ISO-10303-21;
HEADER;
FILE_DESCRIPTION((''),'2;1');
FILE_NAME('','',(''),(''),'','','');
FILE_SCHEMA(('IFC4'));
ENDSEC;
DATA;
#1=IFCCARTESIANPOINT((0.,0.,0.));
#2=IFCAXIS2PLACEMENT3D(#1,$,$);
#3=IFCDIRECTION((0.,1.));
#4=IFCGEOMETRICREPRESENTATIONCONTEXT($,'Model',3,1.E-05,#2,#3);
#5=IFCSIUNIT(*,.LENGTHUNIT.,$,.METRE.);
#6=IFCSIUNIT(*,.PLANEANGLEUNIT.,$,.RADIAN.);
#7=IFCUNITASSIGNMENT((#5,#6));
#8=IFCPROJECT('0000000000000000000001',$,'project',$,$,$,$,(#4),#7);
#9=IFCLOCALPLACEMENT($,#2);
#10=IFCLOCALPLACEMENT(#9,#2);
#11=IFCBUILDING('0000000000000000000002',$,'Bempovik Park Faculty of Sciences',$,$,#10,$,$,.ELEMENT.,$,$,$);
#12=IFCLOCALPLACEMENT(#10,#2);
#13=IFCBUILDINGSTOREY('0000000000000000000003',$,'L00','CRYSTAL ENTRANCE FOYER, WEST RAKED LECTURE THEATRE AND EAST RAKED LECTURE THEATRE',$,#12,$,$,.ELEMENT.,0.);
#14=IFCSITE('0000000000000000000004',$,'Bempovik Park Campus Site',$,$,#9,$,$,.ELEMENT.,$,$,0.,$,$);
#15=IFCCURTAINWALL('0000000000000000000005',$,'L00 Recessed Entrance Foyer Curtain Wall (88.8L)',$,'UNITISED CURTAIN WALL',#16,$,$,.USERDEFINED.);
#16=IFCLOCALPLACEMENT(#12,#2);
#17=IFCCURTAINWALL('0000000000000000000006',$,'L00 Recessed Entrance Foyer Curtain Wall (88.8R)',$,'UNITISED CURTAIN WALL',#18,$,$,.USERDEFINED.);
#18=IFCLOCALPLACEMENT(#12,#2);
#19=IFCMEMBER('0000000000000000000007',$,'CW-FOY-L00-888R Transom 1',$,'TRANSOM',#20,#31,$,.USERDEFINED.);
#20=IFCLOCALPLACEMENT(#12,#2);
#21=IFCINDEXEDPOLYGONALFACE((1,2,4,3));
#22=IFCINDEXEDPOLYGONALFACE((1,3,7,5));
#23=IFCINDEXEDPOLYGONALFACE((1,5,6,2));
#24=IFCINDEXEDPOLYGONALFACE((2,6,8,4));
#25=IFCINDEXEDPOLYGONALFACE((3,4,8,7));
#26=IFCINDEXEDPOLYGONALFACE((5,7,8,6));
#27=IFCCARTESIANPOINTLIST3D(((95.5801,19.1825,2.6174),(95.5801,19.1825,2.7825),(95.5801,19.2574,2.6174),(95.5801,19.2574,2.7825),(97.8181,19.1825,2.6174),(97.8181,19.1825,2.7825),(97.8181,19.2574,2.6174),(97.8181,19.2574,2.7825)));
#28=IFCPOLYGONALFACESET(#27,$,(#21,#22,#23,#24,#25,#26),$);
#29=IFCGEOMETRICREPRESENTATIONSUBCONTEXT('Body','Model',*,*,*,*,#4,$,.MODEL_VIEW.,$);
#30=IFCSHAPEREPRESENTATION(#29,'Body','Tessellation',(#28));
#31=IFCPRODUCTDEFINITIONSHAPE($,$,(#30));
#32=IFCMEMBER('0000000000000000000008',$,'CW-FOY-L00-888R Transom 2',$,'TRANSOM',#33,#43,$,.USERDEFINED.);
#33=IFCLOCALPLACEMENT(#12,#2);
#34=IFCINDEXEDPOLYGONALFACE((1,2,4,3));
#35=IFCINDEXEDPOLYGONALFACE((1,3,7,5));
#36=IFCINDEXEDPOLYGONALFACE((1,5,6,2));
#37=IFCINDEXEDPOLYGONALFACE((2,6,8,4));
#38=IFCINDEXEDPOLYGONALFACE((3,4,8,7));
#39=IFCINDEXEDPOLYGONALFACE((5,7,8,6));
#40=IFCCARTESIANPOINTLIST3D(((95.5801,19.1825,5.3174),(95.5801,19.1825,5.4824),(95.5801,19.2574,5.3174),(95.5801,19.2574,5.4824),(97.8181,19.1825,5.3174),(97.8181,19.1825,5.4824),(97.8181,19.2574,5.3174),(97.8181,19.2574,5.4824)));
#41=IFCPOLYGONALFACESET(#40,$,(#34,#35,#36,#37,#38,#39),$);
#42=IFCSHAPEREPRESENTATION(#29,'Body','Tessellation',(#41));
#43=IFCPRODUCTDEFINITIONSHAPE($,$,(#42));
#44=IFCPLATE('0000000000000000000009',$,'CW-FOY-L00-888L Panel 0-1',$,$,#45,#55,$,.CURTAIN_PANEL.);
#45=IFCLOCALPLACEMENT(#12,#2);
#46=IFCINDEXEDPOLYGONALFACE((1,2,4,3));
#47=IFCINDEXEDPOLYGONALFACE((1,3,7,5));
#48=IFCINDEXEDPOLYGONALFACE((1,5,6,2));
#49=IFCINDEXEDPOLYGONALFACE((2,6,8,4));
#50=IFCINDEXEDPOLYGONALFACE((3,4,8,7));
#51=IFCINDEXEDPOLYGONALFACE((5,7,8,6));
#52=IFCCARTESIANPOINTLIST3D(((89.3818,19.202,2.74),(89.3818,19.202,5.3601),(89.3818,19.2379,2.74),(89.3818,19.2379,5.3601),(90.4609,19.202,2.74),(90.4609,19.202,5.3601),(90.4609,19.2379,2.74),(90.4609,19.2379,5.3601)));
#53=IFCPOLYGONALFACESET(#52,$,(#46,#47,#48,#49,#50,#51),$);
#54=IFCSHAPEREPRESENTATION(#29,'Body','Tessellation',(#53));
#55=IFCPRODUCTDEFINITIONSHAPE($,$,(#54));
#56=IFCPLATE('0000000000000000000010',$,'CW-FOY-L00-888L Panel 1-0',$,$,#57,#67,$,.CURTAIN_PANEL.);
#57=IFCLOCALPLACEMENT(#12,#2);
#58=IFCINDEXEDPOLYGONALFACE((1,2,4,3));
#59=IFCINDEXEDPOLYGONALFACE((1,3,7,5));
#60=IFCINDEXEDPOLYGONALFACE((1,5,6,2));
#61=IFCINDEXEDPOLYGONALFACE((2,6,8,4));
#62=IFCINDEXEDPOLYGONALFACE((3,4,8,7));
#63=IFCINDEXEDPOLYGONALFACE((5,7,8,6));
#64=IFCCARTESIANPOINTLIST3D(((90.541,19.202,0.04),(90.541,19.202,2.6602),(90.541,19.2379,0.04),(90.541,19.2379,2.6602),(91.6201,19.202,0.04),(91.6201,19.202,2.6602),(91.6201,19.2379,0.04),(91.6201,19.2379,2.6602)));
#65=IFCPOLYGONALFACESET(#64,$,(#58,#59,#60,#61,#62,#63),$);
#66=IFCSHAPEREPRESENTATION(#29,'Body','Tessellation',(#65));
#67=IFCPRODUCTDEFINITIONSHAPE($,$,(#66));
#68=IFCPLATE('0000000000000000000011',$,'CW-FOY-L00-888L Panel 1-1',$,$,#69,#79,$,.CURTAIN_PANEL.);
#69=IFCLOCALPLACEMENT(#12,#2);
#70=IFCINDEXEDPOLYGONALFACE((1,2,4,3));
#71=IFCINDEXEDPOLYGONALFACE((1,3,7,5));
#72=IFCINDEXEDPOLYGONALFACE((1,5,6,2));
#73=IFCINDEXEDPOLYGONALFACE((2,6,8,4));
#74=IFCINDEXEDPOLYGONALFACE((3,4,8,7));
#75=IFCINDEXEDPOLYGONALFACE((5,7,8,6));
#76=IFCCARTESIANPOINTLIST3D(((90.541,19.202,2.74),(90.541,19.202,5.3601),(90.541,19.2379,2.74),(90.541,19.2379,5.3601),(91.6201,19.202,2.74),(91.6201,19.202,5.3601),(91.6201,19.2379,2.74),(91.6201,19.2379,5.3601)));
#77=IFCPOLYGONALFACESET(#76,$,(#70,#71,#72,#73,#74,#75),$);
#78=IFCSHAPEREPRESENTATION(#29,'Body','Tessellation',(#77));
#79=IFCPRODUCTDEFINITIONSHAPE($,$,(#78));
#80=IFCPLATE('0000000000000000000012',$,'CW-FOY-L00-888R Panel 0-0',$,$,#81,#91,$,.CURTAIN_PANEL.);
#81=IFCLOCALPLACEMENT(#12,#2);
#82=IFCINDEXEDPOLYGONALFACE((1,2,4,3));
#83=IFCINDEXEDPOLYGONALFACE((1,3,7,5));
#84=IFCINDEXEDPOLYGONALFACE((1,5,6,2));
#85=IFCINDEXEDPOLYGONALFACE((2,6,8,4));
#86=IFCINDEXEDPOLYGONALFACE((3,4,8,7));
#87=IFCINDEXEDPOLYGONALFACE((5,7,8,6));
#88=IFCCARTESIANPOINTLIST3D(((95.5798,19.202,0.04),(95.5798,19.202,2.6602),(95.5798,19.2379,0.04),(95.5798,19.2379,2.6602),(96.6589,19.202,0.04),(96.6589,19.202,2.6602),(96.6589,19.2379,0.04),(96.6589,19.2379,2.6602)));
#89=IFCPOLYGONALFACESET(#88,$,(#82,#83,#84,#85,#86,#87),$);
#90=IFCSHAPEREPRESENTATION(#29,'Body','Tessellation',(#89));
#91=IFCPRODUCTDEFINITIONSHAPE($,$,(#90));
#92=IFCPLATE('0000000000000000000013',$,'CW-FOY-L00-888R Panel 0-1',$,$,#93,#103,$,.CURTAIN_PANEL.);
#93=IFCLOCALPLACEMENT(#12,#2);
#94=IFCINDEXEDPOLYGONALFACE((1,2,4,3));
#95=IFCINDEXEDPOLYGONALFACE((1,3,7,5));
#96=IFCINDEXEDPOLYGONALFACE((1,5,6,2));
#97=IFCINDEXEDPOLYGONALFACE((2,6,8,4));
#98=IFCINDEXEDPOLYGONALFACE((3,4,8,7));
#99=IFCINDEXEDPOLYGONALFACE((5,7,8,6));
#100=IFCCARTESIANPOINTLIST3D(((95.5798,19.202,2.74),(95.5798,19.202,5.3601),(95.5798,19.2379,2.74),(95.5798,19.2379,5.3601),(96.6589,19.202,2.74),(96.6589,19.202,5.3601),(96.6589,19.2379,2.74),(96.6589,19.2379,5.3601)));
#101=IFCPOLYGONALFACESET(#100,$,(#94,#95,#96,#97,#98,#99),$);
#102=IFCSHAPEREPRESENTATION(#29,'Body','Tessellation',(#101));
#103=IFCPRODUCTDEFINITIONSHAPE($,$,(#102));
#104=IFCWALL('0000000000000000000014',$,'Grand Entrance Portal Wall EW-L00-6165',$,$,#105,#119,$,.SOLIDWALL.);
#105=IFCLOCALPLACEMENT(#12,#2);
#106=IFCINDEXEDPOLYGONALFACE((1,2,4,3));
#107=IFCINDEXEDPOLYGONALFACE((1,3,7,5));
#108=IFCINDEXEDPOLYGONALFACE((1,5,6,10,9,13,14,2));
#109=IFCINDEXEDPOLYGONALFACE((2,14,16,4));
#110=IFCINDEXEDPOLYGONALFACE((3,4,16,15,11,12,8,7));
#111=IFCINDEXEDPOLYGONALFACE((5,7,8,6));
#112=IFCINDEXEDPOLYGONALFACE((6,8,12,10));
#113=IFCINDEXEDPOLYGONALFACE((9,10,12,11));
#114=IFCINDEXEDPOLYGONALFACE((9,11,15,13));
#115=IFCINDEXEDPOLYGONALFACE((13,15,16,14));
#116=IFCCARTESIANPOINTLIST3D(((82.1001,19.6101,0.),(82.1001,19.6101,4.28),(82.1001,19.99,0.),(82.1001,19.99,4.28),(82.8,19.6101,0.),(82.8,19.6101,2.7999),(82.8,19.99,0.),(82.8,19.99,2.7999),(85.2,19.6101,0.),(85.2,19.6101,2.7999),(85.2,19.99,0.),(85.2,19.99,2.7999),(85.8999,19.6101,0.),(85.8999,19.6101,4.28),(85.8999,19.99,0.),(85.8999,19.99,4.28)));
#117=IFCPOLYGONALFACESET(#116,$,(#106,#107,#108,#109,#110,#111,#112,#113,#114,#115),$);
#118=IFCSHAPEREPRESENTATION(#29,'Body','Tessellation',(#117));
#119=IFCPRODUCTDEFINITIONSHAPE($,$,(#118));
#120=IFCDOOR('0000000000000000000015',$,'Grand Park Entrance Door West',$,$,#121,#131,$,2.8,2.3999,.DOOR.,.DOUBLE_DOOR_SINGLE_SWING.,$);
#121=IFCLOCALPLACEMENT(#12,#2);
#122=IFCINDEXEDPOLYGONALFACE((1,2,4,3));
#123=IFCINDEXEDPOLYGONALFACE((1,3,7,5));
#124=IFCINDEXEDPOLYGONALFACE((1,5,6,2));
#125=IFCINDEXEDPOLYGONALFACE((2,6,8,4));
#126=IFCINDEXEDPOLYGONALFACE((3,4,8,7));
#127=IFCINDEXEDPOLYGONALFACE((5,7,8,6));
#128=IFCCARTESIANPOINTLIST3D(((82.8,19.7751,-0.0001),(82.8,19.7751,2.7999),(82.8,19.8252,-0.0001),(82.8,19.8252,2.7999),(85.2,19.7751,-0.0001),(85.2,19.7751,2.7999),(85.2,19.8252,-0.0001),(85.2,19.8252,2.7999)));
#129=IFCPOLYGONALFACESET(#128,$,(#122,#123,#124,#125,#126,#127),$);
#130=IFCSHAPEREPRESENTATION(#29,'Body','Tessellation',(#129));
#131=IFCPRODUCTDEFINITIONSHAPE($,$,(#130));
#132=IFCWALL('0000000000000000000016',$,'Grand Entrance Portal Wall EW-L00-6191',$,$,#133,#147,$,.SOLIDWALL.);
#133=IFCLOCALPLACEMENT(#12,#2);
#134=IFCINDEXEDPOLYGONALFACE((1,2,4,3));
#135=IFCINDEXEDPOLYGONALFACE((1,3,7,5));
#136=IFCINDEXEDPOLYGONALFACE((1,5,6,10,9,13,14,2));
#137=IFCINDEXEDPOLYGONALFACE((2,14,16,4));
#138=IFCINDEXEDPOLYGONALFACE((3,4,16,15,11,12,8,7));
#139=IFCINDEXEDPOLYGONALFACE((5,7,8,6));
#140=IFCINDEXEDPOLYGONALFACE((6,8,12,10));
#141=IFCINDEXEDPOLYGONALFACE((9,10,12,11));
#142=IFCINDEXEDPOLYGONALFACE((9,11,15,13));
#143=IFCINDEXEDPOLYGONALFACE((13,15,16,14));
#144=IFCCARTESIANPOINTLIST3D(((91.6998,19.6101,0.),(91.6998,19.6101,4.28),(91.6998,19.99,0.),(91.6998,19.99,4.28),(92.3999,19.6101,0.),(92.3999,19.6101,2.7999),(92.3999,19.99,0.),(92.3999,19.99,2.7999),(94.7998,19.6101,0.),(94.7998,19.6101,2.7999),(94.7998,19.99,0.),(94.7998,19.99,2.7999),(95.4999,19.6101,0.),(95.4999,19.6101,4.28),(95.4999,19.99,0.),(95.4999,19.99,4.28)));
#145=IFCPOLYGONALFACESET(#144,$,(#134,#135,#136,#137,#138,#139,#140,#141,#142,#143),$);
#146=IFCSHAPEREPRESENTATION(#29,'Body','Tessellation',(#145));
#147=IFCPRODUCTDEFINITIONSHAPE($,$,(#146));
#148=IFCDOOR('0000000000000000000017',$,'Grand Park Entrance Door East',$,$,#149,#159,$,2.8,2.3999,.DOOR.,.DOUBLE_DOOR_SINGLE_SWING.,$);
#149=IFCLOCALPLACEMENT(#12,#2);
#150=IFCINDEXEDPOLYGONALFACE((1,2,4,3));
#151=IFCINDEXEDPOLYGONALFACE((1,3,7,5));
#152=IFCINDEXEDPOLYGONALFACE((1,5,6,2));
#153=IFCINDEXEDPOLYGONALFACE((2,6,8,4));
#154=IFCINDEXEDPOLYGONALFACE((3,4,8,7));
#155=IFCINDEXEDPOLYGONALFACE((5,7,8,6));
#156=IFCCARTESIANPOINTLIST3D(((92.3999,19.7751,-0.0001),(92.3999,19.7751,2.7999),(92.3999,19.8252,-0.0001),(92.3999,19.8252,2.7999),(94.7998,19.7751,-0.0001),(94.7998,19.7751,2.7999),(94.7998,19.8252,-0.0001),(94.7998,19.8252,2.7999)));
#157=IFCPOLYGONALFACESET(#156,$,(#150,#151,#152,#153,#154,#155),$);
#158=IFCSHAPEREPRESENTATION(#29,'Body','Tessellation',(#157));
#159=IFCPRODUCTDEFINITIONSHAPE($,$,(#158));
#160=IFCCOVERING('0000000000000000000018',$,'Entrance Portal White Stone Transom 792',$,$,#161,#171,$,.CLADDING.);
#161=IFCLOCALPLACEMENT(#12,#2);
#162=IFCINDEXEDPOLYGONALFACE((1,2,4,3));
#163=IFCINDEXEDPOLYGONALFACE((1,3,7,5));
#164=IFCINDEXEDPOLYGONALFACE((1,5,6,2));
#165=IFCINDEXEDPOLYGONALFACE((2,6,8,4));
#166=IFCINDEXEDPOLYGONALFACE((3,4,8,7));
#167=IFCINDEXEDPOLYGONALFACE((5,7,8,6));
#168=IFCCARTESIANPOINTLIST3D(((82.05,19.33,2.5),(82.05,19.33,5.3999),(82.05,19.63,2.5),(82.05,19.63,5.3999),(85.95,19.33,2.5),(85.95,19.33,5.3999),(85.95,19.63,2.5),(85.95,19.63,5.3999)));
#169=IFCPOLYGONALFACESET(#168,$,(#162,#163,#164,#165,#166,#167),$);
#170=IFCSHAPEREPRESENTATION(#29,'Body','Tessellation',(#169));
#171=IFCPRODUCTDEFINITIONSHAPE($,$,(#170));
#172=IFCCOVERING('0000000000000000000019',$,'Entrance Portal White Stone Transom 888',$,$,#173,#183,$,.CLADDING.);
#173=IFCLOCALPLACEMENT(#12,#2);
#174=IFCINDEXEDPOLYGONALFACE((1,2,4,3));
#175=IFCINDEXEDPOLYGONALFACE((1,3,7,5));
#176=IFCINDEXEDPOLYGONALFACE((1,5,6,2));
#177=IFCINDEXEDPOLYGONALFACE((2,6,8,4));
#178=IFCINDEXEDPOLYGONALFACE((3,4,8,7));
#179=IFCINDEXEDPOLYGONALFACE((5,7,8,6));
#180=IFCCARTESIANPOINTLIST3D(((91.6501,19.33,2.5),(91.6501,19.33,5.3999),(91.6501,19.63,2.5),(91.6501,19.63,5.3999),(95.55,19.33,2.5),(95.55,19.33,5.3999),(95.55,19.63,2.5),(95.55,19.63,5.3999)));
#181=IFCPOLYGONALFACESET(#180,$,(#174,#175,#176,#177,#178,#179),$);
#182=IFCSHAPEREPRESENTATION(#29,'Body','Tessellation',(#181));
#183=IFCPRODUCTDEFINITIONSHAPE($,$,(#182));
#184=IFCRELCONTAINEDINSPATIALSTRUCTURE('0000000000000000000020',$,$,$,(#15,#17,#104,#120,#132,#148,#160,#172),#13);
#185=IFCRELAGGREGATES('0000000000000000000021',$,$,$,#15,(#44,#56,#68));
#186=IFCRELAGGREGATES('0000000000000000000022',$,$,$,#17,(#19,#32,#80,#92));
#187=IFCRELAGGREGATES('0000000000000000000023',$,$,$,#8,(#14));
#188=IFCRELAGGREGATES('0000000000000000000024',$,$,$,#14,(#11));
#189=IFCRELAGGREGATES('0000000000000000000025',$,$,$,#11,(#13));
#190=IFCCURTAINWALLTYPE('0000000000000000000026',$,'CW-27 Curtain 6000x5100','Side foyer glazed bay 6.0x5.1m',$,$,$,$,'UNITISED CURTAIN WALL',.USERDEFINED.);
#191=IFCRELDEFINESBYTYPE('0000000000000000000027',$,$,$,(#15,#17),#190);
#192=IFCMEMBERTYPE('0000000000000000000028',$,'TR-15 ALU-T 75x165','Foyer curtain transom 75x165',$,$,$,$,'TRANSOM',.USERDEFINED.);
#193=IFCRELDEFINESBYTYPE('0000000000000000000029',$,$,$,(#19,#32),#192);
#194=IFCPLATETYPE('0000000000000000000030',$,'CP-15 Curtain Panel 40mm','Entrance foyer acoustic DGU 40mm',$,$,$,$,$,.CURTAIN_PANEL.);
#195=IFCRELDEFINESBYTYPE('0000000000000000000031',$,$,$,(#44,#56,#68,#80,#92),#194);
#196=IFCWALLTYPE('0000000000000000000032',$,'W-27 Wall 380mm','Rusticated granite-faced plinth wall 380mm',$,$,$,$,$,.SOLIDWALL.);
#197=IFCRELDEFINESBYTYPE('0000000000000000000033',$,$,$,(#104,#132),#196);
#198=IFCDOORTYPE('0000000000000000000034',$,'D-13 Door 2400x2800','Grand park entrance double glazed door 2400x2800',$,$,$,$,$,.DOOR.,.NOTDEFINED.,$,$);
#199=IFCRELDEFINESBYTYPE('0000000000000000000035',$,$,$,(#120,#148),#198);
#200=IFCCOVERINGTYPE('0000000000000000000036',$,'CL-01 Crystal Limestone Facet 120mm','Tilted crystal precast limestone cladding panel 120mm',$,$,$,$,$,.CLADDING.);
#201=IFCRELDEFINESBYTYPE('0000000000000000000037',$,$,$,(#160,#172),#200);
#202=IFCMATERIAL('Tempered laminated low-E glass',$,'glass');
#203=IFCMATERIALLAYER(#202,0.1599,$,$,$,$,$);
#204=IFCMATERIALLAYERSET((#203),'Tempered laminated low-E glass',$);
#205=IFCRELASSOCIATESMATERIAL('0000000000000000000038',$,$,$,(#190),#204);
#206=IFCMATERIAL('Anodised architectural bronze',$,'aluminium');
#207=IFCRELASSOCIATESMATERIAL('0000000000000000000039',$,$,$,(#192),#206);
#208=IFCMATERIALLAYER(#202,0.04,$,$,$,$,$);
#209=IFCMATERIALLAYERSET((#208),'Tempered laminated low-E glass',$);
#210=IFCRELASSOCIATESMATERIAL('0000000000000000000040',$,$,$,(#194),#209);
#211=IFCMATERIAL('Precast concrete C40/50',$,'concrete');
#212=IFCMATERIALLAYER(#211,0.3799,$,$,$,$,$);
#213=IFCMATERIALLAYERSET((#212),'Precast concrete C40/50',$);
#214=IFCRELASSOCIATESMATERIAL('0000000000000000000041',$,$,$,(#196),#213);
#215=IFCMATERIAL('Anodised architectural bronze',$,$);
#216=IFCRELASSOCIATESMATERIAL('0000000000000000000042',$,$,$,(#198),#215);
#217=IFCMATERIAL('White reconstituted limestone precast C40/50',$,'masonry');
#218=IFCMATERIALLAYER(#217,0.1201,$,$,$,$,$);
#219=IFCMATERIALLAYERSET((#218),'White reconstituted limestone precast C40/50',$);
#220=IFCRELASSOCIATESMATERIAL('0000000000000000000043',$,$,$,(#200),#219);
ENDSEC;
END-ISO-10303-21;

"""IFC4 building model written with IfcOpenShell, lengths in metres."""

from ifc_helpers import new_model, si_unit, direction, frame, frame_2d, origin, origin_2d, place, context, subcontext, project, spatial, rectangle, extrude, material, layer, layer_set, material_profile, profile_set, type_object, element, fill, aggregate, save


model = new_model("IFC4")

# Units and contexts
model_context = context("Model", 3, precision=1e-05, world=origin(), true_north=direction((0.0, 1.0)))
body_context = subcontext(model_context, "Body", "Model", "MODEL_VIEW")
ifc_project = project(units=[si_unit("LENGTHUNIT", "METRE"), si_unit("PLANEANGLEUNIT", "RADIAN")], contexts=[model_context])

# Site, building, storey
site_placement = place(None, origin())
site = spatial("IfcSite", under=ifc_project, at=site_placement, Name="Bempovik Park Campus Site", CompositionType="ELEMENT", RefElevation=0.0)
building_placement = place(site_placement, origin())
building = spatial("IfcBuilding", under=site, at=building_placement, Name="Bempovik Park Faculty of Sciences", CompositionType="ELEMENT")
storey_placement = place(building_placement, origin())
storey = spatial("IfcBuildingStorey", under=building, at=storey_placement, Name="L00", Description="CRYSTAL ENTRANCE FOYER, WEST RAKED LECTURE THEATRE AND EAST RAKED LECTURE THEATRE", CompositionType="ELEMENT", Elevation=0.0)

# Curtain walls, members
ifc_material_1 = material(Name="Tempered laminated low-E glass", Category="glass")
ifc_layer_1 = layer(ifc_material_1, 0.1599)
ifc_layer_set_1 = layer_set([ifc_layer_1], Name="Tempered laminated low-E glass")
curtain_wall_type = type_object("IfcCurtainWallType", Name="CW-27 Curtain 6000x5100", Description="Side foyer glazed bay 6.0x5.1m", ElementType="UNITISED CURTAIN WALL", PredefinedType="USERDEFINED", material=ifc_layer_set_1)
curtain_wall_1_placement = place(storey_placement, origin())
curtain_wall_1 = element("IfcCurtainWall", 1, at=curtain_wall_1_placement, inside=storey, type_object=curtain_wall_type, Name="L00 Recessed Entrance Foyer Curtain Wall (88.8L)", ObjectType="UNITISED CURTAIN WALL", PredefinedType="USERDEFINED")
ifc_material_2 = material(Name="Anodised architectural bronze", Category="aluminium")
curtain_wall_2_placement = place(storey_placement, origin())
curtain_wall_2 = element("IfcCurtainWall", 2, at=curtain_wall_2_placement, inside=storey, type_object=curtain_wall_type, Name="L00 Recessed Entrance Foyer Curtain Wall (88.8R)", ObjectType="UNITISED CURTAIN WALL", PredefinedType="USERDEFINED")
ifc_material_profile_1 = material_profile(ifc_material_2, rectangle(XDim=0.075, YDim=0.165, at=origin_2d()), Name="ALU-T 75x165")
ifc_profile_set_1 = profile_set([ifc_material_profile_1], Name="Anodised architectural bronze")
member_type_1 = type_object("IfcMemberType", Name="TR-15 ALU-T 75x165", Description="Foyer curtain transom 75x165", ElementType="TRANSOM", PredefinedType="USERDEFINED", material=ifc_profile_set_1)
member_1_placement = place(storey_placement, frame((95.5801, 19.22, 2.7), z_axis=(1.0, 0.0, 0.0), x_axis=(0.0, 1.0, 0.0)))
member_1 = element("IfcMember", 3, at=member_1_placement, type_object=member_type_1, Name="CW-FOY-L00-888R Transom 1", ObjectType="TRANSOM", PredefinedType="USERDEFINED", context=body_context, shape_type="SweptSolid", body=[
    extrude(rectangle(XDim=0.075, YDim=0.165, at=origin_2d()), origin(), (0.0, 0.0, 1.0), 2.238),
])
member_2_placement = place(storey_placement, frame((95.5801, 19.22, 5.3999), z_axis=(1.0, 0.0, 0.0), x_axis=(0.0, 1.0, 0.0)))
member_2 = element("IfcMember", 4, at=member_2_placement, type_object=member_type_1, Name="CW-FOY-L00-888R Transom 2", ObjectType="TRANSOM", PredefinedType="USERDEFINED", context=body_context, shape_type="SweptSolid", body=[
    extrude(rectangle(XDim=0.075, YDim=0.165, at=origin_2d()), origin(), (0.0, 0.0, 1.0), 2.238),
])

# Plates
ifc_layer_2 = layer(ifc_material_1, 0.04)
ifc_layer_set_2 = layer_set([ifc_layer_2], Name="Tempered laminated low-E glass")
plate_type = type_object("IfcPlateType", Name="CP-15 Curtain Panel 40mm", Description="Entrance foyer acoustic DGU 40mm", PredefinedType="CURTAIN_PANEL", material=ifc_layer_set_2)
plate_1_placement = place(storey_placement, frame((89.9214, 19.22, 2.74), z_axis=(0.0, 0.0, 1.0), x_axis=(1.0, 0.0, 0.0)))
plate_1 = element("IfcPlate", 5, at=plate_1_placement, type_object=plate_type, Name="CW-FOY-L00-888L Panel 0-1", PredefinedType="CURTAIN_PANEL", context=body_context, shape_type="SweptSolid", body=[
    extrude(rectangle(XDim=1.0791, YDim=0.0359, at=origin_2d()), origin(), (0.0, 0.0, 1.0), 2.6201),
])
plate_2_placement = place(storey_placement, frame((91.0806, 19.22, 0.04), z_axis=(0.0, 0.0, 1.0), x_axis=(1.0, 0.0, 0.0)))
plate_2 = element("IfcPlate", 6, at=plate_2_placement, type_object=plate_type, Name="CW-FOY-L00-888L Panel 1-0", PredefinedType="CURTAIN_PANEL", context=body_context, shape_type="SweptSolid", body=[
    extrude(rectangle(XDim=1.0791, YDim=0.0359, at=origin_2d()), origin(), (0.0, 0.0, 1.0), 2.6201),
])
plate_3_placement = place(storey_placement, frame((91.0806, 19.22, 2.74), z_axis=(0.0, 0.0, 1.0), x_axis=(1.0, 0.0, 0.0)))
plate_3 = element("IfcPlate", 7, at=plate_3_placement, type_object=plate_type, Name="CW-FOY-L00-888L Panel 1-1", PredefinedType="CURTAIN_PANEL", context=body_context, shape_type="SweptSolid", body=[
    extrude(rectangle(XDim=1.0791, YDim=0.0359, at=origin_2d()), origin(), (0.0, 0.0, 1.0), 2.6201),
])
aggregate(curtain_wall_1, [plate_1, plate_2, plate_3])
plate_4_placement = place(storey_placement, frame((96.1194, 19.22, 0.04), z_axis=(0.0, 0.0, 1.0), x_axis=(1.0, 0.0, 0.0)))
plate_4 = element("IfcPlate", 8, at=plate_4_placement, type_object=plate_type, Name="CW-FOY-L00-888R Panel 0-0", PredefinedType="CURTAIN_PANEL", context=body_context, shape_type="SweptSolid", body=[
    extrude(rectangle(XDim=1.0791, YDim=0.0359, at=origin_2d()), origin(), (0.0, 0.0, 1.0), 2.6201),
])
plate_5_placement = place(storey_placement, frame((96.1194, 19.22, 2.74), z_axis=(0.0, 0.0, 1.0), x_axis=(1.0, 0.0, 0.0)))
plate_5 = element("IfcPlate", 9, at=plate_5_placement, type_object=plate_type, Name="CW-FOY-L00-888R Panel 0-1", PredefinedType="CURTAIN_PANEL", context=body_context, shape_type="SweptSolid", body=[
    extrude(rectangle(XDim=1.0791, YDim=0.0359, at=origin_2d()), origin(), (0.0, 0.0, 1.0), 2.6201),
])
aggregate(curtain_wall_2, [member_1, member_2, plate_4, plate_5])

# Walls, openings, doors
ifc_material_3 = material(Name="Precast concrete C40/50", Category="concrete")
ifc_layer_3 = layer(ifc_material_3, 0.3799)
ifc_layer_set_3 = layer_set([ifc_layer_3], Name="Precast concrete C40/50")
wall_type = type_object("IfcWallType", Name="W-27 Wall 380mm", Description="Rusticated granite-faced plinth wall 380mm", PredefinedType="SOLIDWALL", material=ifc_layer_set_3)
wall_1_placement = place(storey_placement, frame((82.1001, 19.8, 0.0), z_axis=(0.0, 0.0, 1.0), x_axis=(1.0, 0.0, 0.0)))
wall_1 = element("IfcWall", 10, at=wall_1_placement, inside=storey, type_object=wall_type, Name="Grand Entrance Portal Wall EW-L00-6165", PredefinedType="SOLIDWALL", context=body_context, shape_type="SweptSolid", body=[
    extrude(rectangle(XDim=3.7998, YDim=0.3799, at=frame_2d((1.8999, 0.0))), origin(), (0.0, 0.0, 1.0), 4.28),
])
opening_1_placement = place(wall_1_placement, frame((0.7, 0.0, 0.0)))
opening_1 = element("IfcOpeningElement", 11, at=opening_1_placement, cuts=wall_1, PredefinedType="OPENING", context=body_context, shape_type="SweptSolid", body=[
    extrude(rectangle(XDim=2.3999, YDim=2.8, at=frame_2d((1.2, 1.3999))), frame((0.0, 0.2, 0.0), z_axis=(0.0, -1.0, 0.0), x_axis=(1.0, 0.0, 0.0)), (0.0, 0.0, 1.0), 0.3999),
])
ifc_material_4 = material(Name="Anodised architectural bronze")
door_type = type_object("IfcDoorType", Name="D-13 Door 2400x2800", Description="Grand park entrance double glazed door 2400x2800", OperationType="NOTDEFINED", PredefinedType="DOOR", material=ifc_material_4)
door_1_placement = place(opening_1_placement, frame((2.3999, 0.0, 0.0), z_axis=(0.0, 0.0, 1.0), x_axis=(-1.0, 0.0, 0.0)))
door_1 = element("IfcDoor", 12, at=door_1_placement, inside=storey, type_object=door_type, Name="Grand Park Entrance Door West", OperationType="DOUBLE_DOOR_SINGLE_SWING", OverallHeight=2.8, OverallWidth=2.3999, PredefinedType="DOOR", context=body_context, shape_type="SweptSolid", body=[
    extrude(rectangle(XDim=2.3999, YDim=2.8, at=frame_2d((1.2, 1.3999))), frame((0.0, 0.0249, 0.0), z_axis=(0.0, -1.0, 0.0), x_axis=(1.0, 0.0, 0.0)), (0.0, 0.0, 1.0), 0.05),
])
fill(opening_1, door_1)
wall_2_placement = place(storey_placement, frame((91.7, 19.8, 0.0), z_axis=(0.0, 0.0, 1.0), x_axis=(1.0, 0.0, 0.0)))
wall_2 = element("IfcWall", 13, at=wall_2_placement, inside=storey, type_object=wall_type, Name="Grand Entrance Portal Wall EW-L00-6191", PredefinedType="SOLIDWALL", context=body_context, shape_type="SweptSolid", body=[
    extrude(rectangle(XDim=3.8, YDim=0.3799, at=frame_2d((1.8999, 0.0))), origin(), (0.0, 0.0, 1.0), 4.28),
])
opening_2_placement = place(wall_2_placement, frame((0.7, 0.0, 0.0)))
opening_2 = element("IfcOpeningElement", 14, at=opening_2_placement, cuts=wall_2, PredefinedType="OPENING", context=body_context, shape_type="SweptSolid", body=[
    extrude(rectangle(XDim=2.3999, YDim=2.8, at=frame_2d((1.2, 1.3999))), frame((0.0, 0.2, 0.0), z_axis=(0.0, -1.0, 0.0), x_axis=(1.0, 0.0, 0.0)), (0.0, 0.0, 1.0), 0.3999),
])
door_2_placement = place(opening_2_placement, frame((2.3999, 0.0, 0.0), z_axis=(0.0, 0.0, 1.0), x_axis=(-1.0, 0.0, 0.0)))
door_2 = element("IfcDoor", 15, at=door_2_placement, inside=storey, type_object=door_type, Name="Grand Park Entrance Door East", OperationType="DOUBLE_DOOR_SINGLE_SWING", OverallHeight=2.8, OverallWidth=2.3999, PredefinedType="DOOR", context=body_context, shape_type="SweptSolid", body=[
    extrude(rectangle(XDim=2.3999, YDim=2.8, at=frame_2d((1.2, 1.3999))), frame((0.0, 0.0249, 0.0), z_axis=(0.0, -1.0, 0.0), x_axis=(1.0, 0.0, 0.0)), (0.0, 0.0, 1.0), 0.05),
])
fill(opening_2, door_2)

# Coverings
ifc_material_5 = material(Name="White reconstituted limestone precast C40/50", Category="masonry")
ifc_layer_4 = layer(ifc_material_5, 0.1201)
ifc_layer_set_4 = layer_set([ifc_layer_4], Name="White reconstituted limestone precast C40/50")
covering_type = type_object("IfcCoveringType", Name="CL-01 Crystal Limestone Facet 120mm", Description="Tilted crystal precast limestone cladding panel 120mm", PredefinedType="CLADDING", material=ifc_layer_set_4)
for number, where, z_axis, x_axis, name in (
    (16, (84.0, 19.48, 2.5), (0.0, 0.0, 1.0), (1.0, 0.0, 0.0), "Entrance Portal White Stone Transom 792"),
    (17, (93.6001, 19.48, 2.5), (0.0, 0.0, 1.0), (1.0, 0.0, 0.0), "Entrance Portal White Stone Transom 888"),
):
    element("IfcCovering", number, at=place(storey_placement, frame(where, z_axis=z_axis, x_axis=x_axis)), inside=storey, type_object=covering_type, Name=name, PredefinedType="CLADDING", context=body_context, shape_type="SweptSolid", body=[
        extrude(rectangle(XDim=3.8999, YDim=0.3, at=origin_2d()), origin(), (0.0, 0.0, 1.0), 2.8999),
    ])

save(model, "model.ifc")
